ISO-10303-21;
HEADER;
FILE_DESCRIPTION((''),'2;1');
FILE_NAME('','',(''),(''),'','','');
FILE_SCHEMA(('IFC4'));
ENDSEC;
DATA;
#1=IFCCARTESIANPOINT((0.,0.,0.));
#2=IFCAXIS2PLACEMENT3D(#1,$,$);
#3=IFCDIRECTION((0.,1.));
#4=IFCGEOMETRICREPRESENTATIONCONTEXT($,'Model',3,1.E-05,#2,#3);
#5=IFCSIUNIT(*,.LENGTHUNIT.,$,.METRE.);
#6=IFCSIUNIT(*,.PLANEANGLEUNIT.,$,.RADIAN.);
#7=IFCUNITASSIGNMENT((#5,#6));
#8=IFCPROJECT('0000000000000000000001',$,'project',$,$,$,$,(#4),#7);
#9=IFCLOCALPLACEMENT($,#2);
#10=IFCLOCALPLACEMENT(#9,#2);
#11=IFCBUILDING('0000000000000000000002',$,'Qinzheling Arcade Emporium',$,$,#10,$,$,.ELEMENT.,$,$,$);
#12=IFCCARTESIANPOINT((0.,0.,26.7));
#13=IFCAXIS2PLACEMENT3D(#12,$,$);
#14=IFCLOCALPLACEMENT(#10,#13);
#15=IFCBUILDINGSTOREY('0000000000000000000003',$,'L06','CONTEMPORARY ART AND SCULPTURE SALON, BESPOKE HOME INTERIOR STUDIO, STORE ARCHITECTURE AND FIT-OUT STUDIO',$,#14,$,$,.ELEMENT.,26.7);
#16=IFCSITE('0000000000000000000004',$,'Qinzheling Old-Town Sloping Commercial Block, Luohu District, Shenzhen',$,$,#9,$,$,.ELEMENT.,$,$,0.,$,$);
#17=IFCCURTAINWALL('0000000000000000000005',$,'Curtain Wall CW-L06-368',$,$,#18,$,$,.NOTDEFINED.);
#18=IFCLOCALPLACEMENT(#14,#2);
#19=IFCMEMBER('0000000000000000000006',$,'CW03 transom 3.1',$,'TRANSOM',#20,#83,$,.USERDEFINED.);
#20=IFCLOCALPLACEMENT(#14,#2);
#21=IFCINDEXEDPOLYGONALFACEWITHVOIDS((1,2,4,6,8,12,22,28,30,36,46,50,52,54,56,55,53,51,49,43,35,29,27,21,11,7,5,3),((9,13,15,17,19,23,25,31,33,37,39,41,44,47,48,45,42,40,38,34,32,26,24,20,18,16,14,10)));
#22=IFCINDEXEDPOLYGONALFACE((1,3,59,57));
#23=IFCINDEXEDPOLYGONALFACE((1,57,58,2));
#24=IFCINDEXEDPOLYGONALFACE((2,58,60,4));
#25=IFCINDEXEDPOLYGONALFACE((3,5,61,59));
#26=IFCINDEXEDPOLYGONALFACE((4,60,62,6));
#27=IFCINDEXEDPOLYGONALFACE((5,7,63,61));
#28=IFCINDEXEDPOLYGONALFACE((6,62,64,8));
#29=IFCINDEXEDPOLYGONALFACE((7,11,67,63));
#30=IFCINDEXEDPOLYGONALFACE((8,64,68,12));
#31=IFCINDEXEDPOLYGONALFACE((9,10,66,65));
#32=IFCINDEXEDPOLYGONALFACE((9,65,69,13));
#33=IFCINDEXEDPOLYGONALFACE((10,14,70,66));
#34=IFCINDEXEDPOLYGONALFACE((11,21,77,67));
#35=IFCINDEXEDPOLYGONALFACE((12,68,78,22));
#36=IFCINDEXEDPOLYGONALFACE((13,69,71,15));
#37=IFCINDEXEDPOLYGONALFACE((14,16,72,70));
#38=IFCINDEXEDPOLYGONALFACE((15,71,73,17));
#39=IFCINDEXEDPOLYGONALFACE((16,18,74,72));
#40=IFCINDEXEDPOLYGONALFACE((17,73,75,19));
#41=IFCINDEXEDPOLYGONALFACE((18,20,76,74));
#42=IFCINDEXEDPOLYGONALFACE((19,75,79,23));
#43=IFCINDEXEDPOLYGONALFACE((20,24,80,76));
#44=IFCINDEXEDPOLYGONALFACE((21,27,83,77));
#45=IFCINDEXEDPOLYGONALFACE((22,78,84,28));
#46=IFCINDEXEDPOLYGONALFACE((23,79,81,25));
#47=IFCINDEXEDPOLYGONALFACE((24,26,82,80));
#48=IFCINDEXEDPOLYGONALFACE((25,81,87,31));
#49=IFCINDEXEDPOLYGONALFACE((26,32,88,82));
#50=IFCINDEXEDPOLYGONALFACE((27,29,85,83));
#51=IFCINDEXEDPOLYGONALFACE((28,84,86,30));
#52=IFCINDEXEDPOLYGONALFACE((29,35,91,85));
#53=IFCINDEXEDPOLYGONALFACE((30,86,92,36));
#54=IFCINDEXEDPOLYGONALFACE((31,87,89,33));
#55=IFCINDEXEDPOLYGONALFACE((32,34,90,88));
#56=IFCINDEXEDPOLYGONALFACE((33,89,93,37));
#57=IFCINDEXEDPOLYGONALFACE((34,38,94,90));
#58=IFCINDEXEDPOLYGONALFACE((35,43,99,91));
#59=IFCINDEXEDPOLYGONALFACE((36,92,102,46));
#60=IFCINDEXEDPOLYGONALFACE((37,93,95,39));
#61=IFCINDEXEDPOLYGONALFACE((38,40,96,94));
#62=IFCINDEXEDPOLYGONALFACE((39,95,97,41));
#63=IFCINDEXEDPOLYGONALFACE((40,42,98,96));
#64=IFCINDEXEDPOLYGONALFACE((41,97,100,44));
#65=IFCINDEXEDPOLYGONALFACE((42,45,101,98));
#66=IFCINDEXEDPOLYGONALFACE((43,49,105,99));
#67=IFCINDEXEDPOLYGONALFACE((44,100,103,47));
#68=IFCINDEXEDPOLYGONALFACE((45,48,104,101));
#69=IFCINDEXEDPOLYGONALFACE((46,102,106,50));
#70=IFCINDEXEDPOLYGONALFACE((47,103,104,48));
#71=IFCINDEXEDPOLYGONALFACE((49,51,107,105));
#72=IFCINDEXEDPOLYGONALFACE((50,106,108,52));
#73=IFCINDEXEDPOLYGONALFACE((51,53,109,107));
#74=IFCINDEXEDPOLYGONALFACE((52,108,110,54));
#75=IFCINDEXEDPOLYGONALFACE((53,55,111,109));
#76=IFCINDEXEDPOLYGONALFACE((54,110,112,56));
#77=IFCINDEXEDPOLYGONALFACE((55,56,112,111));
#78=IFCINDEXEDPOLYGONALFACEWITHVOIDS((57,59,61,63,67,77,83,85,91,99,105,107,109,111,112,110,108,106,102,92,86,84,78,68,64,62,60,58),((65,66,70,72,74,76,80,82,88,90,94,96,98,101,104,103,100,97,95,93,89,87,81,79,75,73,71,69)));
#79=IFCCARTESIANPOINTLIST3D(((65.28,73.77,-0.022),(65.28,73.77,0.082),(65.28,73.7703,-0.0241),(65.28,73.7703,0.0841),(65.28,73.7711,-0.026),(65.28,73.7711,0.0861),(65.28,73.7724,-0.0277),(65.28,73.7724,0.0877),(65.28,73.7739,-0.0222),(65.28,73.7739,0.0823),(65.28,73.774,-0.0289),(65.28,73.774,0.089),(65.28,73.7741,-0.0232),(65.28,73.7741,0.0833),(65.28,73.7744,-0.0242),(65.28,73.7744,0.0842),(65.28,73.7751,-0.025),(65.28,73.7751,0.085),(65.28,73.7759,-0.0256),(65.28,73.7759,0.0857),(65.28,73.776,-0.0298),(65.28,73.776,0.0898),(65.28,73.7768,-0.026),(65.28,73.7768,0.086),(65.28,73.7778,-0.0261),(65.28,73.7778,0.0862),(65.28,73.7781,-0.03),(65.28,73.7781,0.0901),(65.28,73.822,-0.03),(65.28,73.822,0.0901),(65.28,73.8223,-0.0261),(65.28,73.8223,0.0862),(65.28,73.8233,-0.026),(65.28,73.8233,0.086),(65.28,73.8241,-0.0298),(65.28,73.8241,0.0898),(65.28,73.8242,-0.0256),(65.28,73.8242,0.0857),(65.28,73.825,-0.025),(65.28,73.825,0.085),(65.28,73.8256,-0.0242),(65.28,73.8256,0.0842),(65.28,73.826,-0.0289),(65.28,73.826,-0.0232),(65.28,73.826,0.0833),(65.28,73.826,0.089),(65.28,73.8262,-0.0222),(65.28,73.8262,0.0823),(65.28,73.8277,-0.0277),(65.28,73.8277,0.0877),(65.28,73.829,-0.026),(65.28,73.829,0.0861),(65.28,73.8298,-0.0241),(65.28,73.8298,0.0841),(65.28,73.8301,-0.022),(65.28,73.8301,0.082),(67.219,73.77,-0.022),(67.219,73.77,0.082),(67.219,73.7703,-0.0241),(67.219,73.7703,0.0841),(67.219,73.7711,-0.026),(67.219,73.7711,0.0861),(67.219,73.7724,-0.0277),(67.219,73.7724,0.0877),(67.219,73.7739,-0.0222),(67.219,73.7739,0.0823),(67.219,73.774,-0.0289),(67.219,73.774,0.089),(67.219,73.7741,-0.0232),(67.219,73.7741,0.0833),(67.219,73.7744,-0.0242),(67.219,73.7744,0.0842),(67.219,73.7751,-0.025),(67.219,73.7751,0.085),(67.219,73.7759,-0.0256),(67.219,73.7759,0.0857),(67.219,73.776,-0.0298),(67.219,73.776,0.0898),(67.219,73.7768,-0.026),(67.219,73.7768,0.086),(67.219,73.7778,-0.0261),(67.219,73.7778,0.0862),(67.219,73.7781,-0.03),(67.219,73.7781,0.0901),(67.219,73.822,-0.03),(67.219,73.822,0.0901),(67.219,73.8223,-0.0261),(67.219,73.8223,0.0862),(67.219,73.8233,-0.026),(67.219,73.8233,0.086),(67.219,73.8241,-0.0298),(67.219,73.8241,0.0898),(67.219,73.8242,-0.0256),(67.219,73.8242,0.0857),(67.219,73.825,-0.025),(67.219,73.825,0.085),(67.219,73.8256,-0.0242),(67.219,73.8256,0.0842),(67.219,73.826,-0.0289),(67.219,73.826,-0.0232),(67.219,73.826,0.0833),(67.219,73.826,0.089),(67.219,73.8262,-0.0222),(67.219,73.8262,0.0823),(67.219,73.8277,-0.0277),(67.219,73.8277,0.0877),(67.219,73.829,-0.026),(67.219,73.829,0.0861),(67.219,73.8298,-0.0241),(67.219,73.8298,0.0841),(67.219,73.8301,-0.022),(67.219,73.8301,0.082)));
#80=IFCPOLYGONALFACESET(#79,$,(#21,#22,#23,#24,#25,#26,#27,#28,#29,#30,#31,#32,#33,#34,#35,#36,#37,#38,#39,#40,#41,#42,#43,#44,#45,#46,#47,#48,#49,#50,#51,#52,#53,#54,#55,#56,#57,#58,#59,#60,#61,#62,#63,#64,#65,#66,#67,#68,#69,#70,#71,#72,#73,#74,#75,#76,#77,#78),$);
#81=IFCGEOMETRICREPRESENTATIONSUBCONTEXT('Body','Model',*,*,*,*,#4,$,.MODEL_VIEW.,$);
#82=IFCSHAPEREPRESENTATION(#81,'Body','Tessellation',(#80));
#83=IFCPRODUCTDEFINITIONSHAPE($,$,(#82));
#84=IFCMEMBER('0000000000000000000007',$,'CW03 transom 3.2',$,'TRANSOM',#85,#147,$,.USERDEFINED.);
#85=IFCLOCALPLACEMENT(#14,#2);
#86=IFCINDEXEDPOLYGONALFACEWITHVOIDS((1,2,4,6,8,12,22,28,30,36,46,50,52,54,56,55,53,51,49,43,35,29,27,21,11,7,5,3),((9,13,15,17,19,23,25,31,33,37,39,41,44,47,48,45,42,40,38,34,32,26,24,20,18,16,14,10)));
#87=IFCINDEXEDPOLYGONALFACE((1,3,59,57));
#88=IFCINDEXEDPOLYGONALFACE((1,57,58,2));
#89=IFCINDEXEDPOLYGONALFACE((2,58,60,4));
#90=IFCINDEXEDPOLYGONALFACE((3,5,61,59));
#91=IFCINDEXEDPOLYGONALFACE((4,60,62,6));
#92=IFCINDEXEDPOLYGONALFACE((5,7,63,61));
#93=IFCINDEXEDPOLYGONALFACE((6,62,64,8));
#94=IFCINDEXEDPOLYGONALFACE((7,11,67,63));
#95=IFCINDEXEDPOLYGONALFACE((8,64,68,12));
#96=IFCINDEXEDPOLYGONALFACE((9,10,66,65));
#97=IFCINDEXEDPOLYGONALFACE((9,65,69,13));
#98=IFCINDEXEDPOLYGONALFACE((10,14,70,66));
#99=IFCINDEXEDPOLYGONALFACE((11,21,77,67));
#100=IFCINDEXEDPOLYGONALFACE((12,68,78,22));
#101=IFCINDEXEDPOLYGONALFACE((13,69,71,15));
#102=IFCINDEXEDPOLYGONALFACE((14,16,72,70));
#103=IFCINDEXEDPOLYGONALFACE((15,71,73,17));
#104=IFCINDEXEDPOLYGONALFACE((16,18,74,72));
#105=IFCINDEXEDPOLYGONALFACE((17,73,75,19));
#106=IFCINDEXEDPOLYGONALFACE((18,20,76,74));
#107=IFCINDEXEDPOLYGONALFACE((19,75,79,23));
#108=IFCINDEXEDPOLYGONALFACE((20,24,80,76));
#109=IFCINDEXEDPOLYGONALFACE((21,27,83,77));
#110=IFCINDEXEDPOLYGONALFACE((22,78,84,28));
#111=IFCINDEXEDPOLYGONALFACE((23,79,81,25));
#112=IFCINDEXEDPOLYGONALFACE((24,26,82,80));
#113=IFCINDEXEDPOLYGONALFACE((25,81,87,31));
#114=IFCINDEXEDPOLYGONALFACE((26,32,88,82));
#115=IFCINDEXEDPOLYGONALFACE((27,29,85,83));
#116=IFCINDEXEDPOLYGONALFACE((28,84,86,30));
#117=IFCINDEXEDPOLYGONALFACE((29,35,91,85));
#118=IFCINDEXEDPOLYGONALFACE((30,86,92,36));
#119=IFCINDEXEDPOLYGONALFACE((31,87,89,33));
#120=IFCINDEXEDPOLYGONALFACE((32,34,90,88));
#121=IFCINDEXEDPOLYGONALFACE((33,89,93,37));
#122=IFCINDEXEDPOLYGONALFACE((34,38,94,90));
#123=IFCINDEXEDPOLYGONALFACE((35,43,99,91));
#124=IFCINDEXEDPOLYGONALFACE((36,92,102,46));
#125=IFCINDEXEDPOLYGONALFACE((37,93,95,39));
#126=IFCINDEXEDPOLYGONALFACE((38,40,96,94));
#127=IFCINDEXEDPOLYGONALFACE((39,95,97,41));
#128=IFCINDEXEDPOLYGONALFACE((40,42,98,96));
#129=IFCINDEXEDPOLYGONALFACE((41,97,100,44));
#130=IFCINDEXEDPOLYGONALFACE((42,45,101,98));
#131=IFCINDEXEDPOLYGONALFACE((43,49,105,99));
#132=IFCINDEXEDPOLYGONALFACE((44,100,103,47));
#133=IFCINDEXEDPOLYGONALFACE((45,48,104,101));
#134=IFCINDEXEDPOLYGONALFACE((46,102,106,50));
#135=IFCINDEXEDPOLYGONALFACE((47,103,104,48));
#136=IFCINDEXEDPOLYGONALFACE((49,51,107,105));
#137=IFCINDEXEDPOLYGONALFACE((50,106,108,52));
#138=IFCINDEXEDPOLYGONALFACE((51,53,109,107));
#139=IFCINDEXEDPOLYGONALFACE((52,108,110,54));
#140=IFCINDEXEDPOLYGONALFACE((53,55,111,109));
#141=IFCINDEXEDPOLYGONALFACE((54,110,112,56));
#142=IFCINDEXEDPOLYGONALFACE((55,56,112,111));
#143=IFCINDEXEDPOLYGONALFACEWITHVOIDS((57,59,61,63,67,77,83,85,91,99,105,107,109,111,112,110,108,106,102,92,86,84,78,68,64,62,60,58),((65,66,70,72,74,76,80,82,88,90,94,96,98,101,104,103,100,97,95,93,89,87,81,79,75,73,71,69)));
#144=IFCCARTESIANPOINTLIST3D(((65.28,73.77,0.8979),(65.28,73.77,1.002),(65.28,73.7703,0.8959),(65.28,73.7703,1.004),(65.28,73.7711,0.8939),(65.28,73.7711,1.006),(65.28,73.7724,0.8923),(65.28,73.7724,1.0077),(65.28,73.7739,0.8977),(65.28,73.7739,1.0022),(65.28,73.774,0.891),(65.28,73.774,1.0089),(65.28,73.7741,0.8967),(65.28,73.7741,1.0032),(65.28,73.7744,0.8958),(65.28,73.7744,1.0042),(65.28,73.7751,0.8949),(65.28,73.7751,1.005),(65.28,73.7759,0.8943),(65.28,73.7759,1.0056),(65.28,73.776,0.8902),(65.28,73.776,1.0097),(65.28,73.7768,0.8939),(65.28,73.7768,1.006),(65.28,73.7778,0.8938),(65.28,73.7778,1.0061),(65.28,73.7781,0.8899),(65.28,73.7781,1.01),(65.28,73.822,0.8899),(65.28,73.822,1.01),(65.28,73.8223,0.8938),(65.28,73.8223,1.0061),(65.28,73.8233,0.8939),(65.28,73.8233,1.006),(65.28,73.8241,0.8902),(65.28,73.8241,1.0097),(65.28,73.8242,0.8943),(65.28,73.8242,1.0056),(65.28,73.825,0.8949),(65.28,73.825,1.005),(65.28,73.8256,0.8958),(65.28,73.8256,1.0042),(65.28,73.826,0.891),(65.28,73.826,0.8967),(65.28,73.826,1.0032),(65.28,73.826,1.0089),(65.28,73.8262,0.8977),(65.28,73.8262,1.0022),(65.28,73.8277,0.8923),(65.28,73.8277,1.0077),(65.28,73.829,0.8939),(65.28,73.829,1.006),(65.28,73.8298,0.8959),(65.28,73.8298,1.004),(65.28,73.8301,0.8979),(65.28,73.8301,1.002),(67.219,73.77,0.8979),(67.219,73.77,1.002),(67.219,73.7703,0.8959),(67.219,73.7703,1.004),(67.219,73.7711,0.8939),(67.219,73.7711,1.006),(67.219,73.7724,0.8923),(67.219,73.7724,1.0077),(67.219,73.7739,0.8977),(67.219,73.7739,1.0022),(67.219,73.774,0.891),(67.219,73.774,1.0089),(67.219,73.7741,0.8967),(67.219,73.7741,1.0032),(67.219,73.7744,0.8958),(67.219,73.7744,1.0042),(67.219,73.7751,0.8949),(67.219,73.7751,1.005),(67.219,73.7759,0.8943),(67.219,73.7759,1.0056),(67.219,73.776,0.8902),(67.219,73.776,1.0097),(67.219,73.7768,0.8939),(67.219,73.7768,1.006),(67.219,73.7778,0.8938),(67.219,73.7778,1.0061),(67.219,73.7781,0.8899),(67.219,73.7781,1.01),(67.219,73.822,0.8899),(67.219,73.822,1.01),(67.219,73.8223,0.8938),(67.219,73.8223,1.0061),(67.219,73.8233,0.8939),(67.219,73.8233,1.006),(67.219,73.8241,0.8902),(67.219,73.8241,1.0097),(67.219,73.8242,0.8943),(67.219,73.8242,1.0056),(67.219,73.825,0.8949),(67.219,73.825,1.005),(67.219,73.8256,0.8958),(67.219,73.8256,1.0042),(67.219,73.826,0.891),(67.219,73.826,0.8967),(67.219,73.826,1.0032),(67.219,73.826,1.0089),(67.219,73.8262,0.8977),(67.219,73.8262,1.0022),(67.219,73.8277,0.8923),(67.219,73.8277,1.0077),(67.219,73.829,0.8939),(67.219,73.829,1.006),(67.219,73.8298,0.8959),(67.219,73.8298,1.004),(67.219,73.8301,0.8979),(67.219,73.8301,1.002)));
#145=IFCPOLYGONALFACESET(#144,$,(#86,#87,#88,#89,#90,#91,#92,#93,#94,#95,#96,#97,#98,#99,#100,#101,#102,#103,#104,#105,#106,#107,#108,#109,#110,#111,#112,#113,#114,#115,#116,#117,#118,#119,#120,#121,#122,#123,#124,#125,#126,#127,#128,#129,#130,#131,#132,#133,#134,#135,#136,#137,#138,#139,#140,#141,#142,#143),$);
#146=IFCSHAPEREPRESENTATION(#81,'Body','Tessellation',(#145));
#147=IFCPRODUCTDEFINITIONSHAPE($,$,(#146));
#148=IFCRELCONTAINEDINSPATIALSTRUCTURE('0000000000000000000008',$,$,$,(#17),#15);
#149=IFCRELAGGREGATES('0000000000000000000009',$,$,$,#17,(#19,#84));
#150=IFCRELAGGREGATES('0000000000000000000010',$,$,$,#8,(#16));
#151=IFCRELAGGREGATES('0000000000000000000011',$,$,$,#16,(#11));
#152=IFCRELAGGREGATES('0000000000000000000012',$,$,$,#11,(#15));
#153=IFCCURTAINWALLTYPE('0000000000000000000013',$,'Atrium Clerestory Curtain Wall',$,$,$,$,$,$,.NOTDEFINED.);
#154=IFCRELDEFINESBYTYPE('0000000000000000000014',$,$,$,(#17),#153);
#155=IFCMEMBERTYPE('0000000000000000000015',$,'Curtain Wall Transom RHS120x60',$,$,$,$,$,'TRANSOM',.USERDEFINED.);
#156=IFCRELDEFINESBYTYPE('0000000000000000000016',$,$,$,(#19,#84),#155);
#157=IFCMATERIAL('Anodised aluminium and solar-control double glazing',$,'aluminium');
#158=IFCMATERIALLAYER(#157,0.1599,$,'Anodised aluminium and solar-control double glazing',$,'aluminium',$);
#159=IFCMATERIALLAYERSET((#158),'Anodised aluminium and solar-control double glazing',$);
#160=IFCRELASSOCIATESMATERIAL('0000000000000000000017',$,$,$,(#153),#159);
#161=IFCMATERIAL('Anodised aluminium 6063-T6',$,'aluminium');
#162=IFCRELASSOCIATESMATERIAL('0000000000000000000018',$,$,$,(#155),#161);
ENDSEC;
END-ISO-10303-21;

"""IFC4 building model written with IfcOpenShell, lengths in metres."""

from ifc_helpers import new_model, si_unit, direction, frame, origin, origin_2d, place, context, subcontext, project, spatial, hollow_rectangle, extrude, material, layer, layer_set, material_profile, profile_set, type_object, element, aggregate, save


model = new_model("IFC4")

# Units and contexts
model_context = context("Model", 3, precision=1e-05, world=origin(), true_north=direction((0.0, 1.0)))
body_context = subcontext(model_context, "Body", "Model", "MODEL_VIEW")
ifc_project = project(units=[si_unit("LENGTHUNIT", "METRE"), si_unit("PLANEANGLEUNIT", "RADIAN")], contexts=[model_context])

# Site, building, storey
site_placement = place(None, origin())
site = spatial("IfcSite", under=ifc_project, at=site_placement, Name="Qinzheling Old-Town Sloping Commercial Block, Luohu District, Shenzhen", CompositionType="ELEMENT", RefElevation=0.0)
building_placement = place(site_placement, origin())
building = spatial("IfcBuilding", under=site, at=building_placement, Name="Qinzheling Arcade Emporium", CompositionType="ELEMENT")
storey_placement = place(building_placement, frame((0.0, 0.0, 26.7)))
storey = spatial("IfcBuildingStorey", under=building, at=storey_placement, Name="L06", Description="CONTEMPORARY ART AND SCULPTURE SALON, BESPOKE HOME INTERIOR STUDIO, STORE ARCHITECTURE AND FIT-OUT STUDIO", CompositionType="ELEMENT", Elevation=26.7)

# Curtain wall, members
ifc_material_1 = material(Name="Anodised aluminium and solar-control double glazing", Category="aluminium")
ifc_layer_1 = layer(ifc_material_1, 0.1599, Name="Anodised aluminium and solar-control double glazing", Category="aluminium")
ifc_layer_set_1 = layer_set([ifc_layer_1], Name="Anodised aluminium and solar-control double glazing")
curtain_wall_type = type_object("IfcCurtainWallType", Name="Atrium Clerestory Curtain Wall", PredefinedType="NOTDEFINED", material=ifc_layer_set_1)
curtain_wall_placement = place(storey_placement, origin())
curtain_wall = element("IfcCurtainWall", 1, at=curtain_wall_placement, inside=storey, type_object=curtain_wall_type, Name="Curtain Wall CW-L06-368", PredefinedType="NOTDEFINED")
ifc_material_2 = material(Name="Anodised aluminium 6063-T6", Category="aluminium")
ifc_material_profile_1 = material_profile(ifc_material_2, hollow_rectangle(XDim=0.0601, YDim=0.1201, WallThickness=0.0039, InnerFilletRadius=0.0039, OuterFilletRadius=0.0081, at=origin_2d()), Name="RHS 120x60x4", Category="aluminium")
ifc_profile_set_1 = profile_set([ifc_material_profile_1], Name="Anodised aluminium 6063-T6")
member_type_1 = type_object("IfcMemberType", Name="Curtain Wall Transom RHS120x60", ElementType="TRANSOM", PredefinedType="USERDEFINED", material=ifc_profile_set_1)
member_1_placement = place(storey_placement, frame((65.28, 73.8, 0.03), z_axis=(1.0, 0.0, 0.0), x_axis=(0.0, 1.0, 0.0)))
member_1 = element("IfcMember", 2, at=member_1_placement, type_object=member_type_1, Name="CW03 transom 3.1", ObjectType="TRANSOM", PredefinedType="USERDEFINED", context=body_context, shape_type="SweptSolid", body=[
    extrude(hollow_rectangle(XDim=0.0601, YDim=0.1201, WallThickness=0.0039, InnerFilletRadius=0.0039, OuterFilletRadius=0.0081, at=origin_2d()), origin(), (0.0, 0.0, 1.0), 1.939),
])
member_2_placement = place(storey_placement, frame((65.28, 73.8, 0.95), z_axis=(1.0, 0.0, 0.0), x_axis=(0.0, 1.0, 0.0)))
member_2 = element("IfcMember", 3, at=member_2_placement, type_object=member_type_1, Name="CW03 transom 3.2", ObjectType="TRANSOM", PredefinedType="USERDEFINED", context=body_context, shape_type="SweptSolid", body=[
    extrude(hollow_rectangle(XDim=0.0601, YDim=0.1201, WallThickness=0.0039, InnerFilletRadius=0.0039, OuterFilletRadius=0.0081, at=origin_2d()), origin(), (0.0, 0.0, 1.0), 1.939),
])
aggregate(curtain_wall, [member_1, member_2])

save(model, "model.ifc")
